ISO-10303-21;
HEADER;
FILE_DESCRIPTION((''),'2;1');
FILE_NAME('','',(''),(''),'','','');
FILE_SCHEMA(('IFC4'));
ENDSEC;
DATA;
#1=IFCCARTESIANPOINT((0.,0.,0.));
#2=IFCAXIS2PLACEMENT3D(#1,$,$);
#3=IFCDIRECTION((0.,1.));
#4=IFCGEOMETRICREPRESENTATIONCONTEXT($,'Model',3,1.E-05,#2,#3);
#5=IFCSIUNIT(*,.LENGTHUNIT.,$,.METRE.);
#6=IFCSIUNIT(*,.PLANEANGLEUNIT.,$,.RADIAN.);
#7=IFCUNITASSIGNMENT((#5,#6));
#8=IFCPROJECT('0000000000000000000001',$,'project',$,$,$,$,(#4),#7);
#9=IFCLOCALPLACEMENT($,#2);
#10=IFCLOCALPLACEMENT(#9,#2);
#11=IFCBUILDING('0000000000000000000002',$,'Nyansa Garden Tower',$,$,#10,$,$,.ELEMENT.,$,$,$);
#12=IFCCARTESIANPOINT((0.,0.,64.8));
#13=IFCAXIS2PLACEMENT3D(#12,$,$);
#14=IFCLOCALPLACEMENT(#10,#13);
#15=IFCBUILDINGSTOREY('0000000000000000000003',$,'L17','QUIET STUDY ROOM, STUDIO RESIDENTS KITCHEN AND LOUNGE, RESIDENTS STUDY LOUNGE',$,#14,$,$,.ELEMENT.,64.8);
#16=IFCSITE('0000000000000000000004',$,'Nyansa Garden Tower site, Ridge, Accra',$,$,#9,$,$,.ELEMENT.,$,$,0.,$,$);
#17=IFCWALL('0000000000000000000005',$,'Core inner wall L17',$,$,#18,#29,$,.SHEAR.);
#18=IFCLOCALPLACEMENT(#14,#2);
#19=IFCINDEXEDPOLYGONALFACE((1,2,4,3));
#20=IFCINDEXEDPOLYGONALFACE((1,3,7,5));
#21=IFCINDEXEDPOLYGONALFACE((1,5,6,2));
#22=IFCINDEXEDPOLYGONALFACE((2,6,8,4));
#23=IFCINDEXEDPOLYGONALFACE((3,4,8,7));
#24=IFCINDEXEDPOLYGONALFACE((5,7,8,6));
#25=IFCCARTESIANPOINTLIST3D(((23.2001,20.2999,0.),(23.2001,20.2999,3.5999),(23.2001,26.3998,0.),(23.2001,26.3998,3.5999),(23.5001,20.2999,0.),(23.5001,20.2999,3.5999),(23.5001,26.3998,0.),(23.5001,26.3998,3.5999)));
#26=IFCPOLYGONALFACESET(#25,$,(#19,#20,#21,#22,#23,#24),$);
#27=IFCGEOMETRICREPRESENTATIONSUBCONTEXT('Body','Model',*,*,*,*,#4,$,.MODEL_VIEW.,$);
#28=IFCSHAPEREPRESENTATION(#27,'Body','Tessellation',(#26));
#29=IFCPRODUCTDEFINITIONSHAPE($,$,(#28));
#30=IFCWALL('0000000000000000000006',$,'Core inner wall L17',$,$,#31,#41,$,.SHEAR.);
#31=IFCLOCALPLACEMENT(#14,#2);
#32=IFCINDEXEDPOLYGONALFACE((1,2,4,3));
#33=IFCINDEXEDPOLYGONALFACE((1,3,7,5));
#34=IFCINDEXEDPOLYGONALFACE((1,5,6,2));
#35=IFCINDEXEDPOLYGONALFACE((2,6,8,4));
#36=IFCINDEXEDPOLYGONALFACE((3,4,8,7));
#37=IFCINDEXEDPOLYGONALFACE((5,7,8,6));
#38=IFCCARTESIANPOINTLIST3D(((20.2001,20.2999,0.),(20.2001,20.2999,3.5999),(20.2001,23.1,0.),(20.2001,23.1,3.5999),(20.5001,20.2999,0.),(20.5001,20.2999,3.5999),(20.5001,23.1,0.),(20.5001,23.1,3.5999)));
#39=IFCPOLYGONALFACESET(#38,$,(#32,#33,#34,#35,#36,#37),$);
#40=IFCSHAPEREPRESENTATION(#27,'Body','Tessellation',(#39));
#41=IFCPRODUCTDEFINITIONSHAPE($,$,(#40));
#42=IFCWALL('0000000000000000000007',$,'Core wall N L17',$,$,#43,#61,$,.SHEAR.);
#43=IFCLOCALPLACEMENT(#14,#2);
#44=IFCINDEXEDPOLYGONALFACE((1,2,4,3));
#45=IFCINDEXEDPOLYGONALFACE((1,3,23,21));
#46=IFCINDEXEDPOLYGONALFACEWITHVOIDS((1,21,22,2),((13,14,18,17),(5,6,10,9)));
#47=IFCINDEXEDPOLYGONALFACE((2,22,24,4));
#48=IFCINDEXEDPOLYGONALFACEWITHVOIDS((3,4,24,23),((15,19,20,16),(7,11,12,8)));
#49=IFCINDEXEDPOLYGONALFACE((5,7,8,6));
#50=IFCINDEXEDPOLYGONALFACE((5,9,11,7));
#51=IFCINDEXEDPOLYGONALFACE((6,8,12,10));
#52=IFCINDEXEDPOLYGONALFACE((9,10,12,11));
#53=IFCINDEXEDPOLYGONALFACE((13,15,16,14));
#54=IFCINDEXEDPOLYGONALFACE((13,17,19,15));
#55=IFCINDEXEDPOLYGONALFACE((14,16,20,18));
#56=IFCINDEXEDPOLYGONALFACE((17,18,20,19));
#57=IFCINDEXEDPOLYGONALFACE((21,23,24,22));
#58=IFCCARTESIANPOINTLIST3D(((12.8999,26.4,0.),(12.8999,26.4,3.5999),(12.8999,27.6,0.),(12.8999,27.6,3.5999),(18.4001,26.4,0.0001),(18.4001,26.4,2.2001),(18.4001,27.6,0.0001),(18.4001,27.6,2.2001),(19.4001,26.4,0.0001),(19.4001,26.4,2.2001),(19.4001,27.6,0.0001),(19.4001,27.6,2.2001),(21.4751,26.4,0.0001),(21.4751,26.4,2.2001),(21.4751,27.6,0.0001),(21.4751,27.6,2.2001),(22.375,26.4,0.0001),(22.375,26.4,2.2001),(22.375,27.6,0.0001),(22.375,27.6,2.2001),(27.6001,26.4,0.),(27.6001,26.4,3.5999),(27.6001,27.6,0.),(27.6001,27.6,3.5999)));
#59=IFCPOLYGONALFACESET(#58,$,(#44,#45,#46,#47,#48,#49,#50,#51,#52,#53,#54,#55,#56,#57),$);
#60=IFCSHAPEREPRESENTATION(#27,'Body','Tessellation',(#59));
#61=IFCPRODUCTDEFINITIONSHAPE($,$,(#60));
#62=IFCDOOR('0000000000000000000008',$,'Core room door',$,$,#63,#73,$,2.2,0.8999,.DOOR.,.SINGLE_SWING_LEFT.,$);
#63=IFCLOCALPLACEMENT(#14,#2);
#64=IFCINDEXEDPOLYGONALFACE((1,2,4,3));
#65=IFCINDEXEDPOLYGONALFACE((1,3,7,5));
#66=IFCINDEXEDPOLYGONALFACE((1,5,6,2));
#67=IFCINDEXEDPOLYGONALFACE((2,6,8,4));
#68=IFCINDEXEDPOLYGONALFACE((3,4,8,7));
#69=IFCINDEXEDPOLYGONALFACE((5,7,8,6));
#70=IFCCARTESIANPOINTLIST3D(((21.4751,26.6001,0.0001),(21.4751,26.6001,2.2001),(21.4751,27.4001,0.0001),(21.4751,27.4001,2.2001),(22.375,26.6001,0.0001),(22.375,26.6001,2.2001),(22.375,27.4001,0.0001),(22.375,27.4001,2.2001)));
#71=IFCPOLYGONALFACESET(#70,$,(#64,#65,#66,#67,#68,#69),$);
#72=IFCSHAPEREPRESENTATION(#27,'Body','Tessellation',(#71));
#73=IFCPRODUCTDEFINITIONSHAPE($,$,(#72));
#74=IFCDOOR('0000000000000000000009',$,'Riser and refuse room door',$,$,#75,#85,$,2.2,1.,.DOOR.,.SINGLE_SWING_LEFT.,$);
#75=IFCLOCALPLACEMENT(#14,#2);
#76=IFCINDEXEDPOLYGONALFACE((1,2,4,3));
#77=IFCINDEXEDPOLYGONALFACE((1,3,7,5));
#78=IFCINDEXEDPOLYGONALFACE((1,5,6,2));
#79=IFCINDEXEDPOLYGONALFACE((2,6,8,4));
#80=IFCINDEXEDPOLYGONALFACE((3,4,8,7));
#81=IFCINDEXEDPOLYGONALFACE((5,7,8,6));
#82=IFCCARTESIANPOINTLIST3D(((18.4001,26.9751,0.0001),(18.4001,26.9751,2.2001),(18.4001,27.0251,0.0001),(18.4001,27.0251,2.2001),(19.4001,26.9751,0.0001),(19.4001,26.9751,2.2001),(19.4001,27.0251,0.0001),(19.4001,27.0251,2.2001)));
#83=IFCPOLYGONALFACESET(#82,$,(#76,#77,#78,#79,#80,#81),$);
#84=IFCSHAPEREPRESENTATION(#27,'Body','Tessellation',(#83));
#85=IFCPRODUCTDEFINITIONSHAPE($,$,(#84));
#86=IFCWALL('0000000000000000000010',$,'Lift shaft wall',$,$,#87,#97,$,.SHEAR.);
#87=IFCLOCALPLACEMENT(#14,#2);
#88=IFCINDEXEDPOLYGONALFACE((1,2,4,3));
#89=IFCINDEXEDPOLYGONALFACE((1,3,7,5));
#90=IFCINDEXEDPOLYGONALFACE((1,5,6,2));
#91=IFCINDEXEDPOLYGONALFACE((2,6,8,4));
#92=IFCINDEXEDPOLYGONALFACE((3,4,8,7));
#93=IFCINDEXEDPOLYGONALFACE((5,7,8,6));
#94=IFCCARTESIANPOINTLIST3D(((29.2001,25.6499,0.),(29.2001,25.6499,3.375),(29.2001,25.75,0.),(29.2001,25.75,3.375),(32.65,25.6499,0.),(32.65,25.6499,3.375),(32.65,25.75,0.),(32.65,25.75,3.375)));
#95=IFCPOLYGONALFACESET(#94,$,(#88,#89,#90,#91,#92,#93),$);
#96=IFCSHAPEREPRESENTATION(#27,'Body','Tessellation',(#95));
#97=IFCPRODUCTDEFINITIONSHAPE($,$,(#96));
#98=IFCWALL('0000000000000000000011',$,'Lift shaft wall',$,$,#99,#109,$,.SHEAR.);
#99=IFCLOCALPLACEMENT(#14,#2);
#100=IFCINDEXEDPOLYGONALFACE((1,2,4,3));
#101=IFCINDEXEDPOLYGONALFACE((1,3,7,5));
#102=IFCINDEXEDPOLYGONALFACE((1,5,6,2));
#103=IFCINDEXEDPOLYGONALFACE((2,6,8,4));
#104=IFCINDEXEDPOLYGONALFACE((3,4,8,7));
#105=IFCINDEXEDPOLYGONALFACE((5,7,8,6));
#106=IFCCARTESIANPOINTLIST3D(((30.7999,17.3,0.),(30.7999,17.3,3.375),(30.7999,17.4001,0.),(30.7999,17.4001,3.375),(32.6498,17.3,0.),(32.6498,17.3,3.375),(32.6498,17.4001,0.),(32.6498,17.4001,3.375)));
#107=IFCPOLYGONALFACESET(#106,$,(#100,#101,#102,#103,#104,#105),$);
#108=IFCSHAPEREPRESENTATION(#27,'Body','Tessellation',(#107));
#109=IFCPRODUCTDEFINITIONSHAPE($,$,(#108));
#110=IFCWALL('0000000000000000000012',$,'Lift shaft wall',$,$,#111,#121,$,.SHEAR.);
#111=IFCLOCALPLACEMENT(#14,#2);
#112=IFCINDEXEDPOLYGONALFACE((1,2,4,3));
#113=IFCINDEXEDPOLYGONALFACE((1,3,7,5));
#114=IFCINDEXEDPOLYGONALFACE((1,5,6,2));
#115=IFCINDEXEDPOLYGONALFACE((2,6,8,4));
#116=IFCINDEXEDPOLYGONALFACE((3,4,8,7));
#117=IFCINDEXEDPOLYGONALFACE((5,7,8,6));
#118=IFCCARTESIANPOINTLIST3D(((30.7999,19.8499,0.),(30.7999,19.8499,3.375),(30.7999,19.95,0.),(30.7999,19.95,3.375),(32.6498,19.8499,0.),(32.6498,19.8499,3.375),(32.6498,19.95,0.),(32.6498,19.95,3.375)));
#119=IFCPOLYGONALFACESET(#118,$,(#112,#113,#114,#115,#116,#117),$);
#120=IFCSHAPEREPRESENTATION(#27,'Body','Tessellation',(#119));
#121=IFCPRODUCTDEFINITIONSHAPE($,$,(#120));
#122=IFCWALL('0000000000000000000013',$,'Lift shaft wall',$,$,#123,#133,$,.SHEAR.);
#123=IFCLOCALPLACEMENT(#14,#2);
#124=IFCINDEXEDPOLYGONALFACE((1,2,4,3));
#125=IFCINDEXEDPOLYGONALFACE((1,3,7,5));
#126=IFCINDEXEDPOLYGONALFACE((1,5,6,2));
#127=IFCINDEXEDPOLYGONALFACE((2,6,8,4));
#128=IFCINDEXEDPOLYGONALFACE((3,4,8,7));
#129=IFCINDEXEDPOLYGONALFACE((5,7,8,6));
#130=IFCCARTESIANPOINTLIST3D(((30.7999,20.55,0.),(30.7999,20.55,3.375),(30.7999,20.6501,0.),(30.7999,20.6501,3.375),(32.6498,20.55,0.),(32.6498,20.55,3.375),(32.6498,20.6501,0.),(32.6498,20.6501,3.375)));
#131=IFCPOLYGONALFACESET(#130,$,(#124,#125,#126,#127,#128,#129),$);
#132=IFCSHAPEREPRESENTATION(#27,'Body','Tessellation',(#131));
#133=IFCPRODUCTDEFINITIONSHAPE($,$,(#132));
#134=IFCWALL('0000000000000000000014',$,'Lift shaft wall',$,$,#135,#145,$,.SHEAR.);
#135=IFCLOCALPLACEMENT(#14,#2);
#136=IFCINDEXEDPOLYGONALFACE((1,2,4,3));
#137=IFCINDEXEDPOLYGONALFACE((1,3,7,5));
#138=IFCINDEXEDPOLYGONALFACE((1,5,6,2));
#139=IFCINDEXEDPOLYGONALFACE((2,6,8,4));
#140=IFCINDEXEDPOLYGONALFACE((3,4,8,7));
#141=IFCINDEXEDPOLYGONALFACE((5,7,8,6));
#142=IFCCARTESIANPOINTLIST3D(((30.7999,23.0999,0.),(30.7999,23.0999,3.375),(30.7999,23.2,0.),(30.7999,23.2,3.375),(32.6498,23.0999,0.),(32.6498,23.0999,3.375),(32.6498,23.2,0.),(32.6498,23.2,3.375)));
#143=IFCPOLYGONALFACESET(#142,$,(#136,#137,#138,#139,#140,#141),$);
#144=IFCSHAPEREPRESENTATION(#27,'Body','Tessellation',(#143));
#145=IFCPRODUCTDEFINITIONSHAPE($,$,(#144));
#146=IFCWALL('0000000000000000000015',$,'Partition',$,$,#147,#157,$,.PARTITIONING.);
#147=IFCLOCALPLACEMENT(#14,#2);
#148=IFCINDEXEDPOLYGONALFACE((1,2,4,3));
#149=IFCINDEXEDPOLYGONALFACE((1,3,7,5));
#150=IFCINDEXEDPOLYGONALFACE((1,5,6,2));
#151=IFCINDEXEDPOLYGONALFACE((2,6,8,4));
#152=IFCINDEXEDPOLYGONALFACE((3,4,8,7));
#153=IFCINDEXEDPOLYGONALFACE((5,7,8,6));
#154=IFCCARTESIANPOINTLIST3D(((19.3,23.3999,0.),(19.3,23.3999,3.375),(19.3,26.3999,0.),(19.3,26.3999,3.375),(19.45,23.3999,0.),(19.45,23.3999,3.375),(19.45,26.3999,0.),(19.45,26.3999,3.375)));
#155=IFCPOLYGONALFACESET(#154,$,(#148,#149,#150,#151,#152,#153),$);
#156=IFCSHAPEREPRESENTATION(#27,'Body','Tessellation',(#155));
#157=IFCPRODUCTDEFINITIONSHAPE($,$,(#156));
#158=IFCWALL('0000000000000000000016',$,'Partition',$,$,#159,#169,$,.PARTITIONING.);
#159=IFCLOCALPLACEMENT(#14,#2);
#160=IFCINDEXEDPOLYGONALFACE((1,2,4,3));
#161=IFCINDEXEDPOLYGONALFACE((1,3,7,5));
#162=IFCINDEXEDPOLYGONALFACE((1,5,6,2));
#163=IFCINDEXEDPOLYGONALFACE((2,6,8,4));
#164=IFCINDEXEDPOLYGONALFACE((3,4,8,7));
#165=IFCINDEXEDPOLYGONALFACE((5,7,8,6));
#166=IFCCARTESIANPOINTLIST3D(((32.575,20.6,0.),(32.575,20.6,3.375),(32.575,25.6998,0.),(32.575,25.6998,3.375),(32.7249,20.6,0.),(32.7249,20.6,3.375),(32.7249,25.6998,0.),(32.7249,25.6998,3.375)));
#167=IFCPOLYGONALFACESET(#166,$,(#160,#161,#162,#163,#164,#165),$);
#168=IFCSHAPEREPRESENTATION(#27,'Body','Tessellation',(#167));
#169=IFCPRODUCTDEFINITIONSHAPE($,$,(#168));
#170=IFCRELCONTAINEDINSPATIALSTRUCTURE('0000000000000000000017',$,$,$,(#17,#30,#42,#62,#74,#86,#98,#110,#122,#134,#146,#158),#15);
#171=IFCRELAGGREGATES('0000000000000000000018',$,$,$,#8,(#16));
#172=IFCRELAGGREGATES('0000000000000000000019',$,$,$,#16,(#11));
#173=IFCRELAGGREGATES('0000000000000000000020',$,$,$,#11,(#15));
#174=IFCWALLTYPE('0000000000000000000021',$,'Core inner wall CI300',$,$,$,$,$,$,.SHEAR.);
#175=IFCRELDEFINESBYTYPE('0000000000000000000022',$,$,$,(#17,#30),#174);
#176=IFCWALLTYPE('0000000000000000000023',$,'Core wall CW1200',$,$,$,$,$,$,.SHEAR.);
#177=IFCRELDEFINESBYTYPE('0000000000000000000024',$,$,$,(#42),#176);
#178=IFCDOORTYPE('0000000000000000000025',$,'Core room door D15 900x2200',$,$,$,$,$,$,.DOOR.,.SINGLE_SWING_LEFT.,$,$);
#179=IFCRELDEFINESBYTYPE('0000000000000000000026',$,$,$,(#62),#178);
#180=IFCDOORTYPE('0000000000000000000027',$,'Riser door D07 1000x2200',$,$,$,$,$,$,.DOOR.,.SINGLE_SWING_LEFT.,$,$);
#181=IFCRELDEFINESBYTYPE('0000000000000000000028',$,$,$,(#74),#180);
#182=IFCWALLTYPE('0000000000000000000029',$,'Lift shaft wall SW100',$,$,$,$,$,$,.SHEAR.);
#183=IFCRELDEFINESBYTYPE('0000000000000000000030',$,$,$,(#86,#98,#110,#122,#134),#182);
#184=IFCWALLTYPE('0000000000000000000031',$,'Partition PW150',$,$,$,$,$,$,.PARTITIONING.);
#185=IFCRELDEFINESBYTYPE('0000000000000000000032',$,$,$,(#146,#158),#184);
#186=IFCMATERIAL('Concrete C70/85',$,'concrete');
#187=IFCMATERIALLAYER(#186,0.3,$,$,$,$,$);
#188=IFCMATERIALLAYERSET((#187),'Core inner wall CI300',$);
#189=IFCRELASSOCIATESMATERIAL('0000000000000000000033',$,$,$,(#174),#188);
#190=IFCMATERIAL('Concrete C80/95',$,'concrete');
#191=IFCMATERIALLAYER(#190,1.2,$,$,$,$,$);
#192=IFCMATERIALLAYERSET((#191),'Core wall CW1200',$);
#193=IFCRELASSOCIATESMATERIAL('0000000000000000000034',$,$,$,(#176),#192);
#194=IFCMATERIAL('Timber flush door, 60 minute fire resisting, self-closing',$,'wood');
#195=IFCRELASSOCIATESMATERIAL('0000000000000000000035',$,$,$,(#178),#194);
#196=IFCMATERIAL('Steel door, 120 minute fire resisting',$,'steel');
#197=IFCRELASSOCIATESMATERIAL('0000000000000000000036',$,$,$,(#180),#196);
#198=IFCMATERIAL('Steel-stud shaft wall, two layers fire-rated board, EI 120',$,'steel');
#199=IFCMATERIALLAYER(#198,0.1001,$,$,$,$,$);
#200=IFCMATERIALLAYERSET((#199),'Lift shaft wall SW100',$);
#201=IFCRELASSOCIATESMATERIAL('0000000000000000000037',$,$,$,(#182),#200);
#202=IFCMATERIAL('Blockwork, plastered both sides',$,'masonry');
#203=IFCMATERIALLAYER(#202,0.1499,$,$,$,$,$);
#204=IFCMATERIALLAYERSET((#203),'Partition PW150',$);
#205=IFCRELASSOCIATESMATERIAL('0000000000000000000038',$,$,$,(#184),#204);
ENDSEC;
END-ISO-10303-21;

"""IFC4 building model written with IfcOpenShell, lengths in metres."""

from ifc_helpers import new_model, si_unit, direction, frame, frame_2d, origin, place, context, subcontext, project, spatial, rectangle, extrude, material, layer, layer_set, type_object, element, fill, save


model = new_model("IFC4")

# Units and contexts
model_context = context("Model", 3, precision=1e-05, world=origin(), true_north=direction((0.0, 1.0)))
body_context = subcontext(model_context, "Body", "Model", "MODEL_VIEW")
ifc_project = project(units=[si_unit("LENGTHUNIT", "METRE"), si_unit("PLANEANGLEUNIT", "RADIAN")], contexts=[model_context])

# Site, building, storey
site_placement = place(None, origin())
site = spatial("IfcSite", under=ifc_project, at=site_placement, Name="Nyansa Garden Tower site, Ridge, Accra", CompositionType="ELEMENT", RefElevation=0.0)
building_placement = place(site_placement, origin())
building = spatial("IfcBuilding", under=site, at=building_placement, Name="Nyansa Garden Tower", CompositionType="ELEMENT")
storey_placement = place(building_placement, frame((0.0, 0.0, 64.8)))
storey = spatial("IfcBuildingStorey", under=building, at=storey_placement, Name="L17", Description="QUIET STUDY ROOM, STUDIO RESIDENTS KITCHEN AND LOUNGE, RESIDENTS STUDY LOUNGE", CompositionType="ELEMENT", Elevation=64.8)

# Walls
ifc_material_1 = material(Name="Concrete C70/85", Category="concrete")
ifc_layer_1 = layer(ifc_material_1, 0.3)
ifc_layer_set_1 = layer_set([ifc_layer_1], Name="Core inner wall CI300")
wall_type_1 = type_object("IfcWallType", Name="Core inner wall CI300", PredefinedType="SHEAR", material=ifc_layer_set_1)
wall_1_placement = place(storey_placement, frame((23.3501, 20.3, 0.0), z_axis=(0.0, 0.0, 1.0), x_axis=(0.0, 1.0, 0.0)))
element("IfcWall", 1, at=wall_1_placement, inside=storey, type_object=wall_type_1, Name="Core inner wall L17", PredefinedType="SHEAR", context=body_context, shape_type="SweptSolid", body=[
    extrude(rectangle(XDim=6.0999, YDim=0.3, at=frame_2d((3.0498, 0.0))), origin(), (0.0, 0.0, 1.0), 3.5999),
])
wall_2_placement = place(storey_placement, frame((20.3501, 20.3, 0.0), z_axis=(0.0, 0.0, 1.0), x_axis=(0.0, 1.0, 0.0)))
element("IfcWall", 2, at=wall_2_placement, inside=storey, type_object=wall_type_1, Name="Core inner wall L17", PredefinedType="SHEAR", context=body_context, shape_type="SweptSolid", body=[
    extrude(rectangle(XDim=2.8, YDim=0.3, at=frame_2d((1.3999, 0.0))), origin(), (0.0, 0.0, 1.0), 3.5999),
])

# Wall, openings, doors
ifc_material_2 = material(Name="Concrete C80/95", Category="concrete")
ifc_layer_2 = layer(ifc_material_2, 1.2)
ifc_layer_set_2 = layer_set([ifc_layer_2], Name="Core wall CW1200")
wall_type_2 = type_object("IfcWallType", Name="Core wall CW1200", PredefinedType="SHEAR", material=ifc_layer_set_2)
wall_3_placement = place(storey_placement, frame((27.6001, 27.0, 0.0), z_axis=(0.0, 0.0, 1.0), x_axis=(-1.0, 0.0, 0.0)))
wall_3 = element("IfcWall", 3, at=wall_3_placement, inside=storey, type_object=wall_type_2, Name="Core wall N L17", PredefinedType="SHEAR", context=body_context, shape_type="SweptSolid", body=[
    extrude(rectangle(XDim=14.7002, YDim=1.2, at=frame_2d((7.3501, 0.0))), origin(), (0.0, 0.0, 1.0), 3.5999),
])
opening_1_placement = place(wall_3_placement, frame((5.2251, 0.0, 0.0)))
opening_1 = element("IfcOpeningElement", 4, at=opening_1_placement, cuts=wall_3, PredefinedType="OPENING", context=body_context, shape_type="SweptSolid", body=[
    extrude(rectangle(XDim=0.8999, YDim=2.2, at=frame_2d((0.45, 1.1001))), frame((0.0, 0.6099, 0.0), z_axis=(0.0, -1.0, 0.0), x_axis=(1.0, 0.0, 0.0)), (0.0, 0.0, 1.0), 1.22),
])
opening_2_placement = place(wall_3_placement, frame((8.2, 0.0, 0.0)))
opening_2 = element("IfcOpeningElement", 5, at=opening_2_placement, cuts=wall_3, PredefinedType="OPENING", context=body_context, shape_type="SweptSolid", body=[
    extrude(rectangle(XDim=1.0, YDim=2.2, at=frame_2d((0.5, 1.1001))), frame((0.0, 0.6099, 0.0), z_axis=(0.0, -1.0, 0.0), x_axis=(1.0, 0.0, 0.0)), (0.0, 0.0, 1.0), 1.22),
])
ifc_material_3 = material(Name="Timber flush door, 60 minute fire resisting, self-closing", Category="wood")
door_type_1 = type_object("IfcDoorType", Name="Core room door D15 900x2200", OperationType="SINGLE_SWING_LEFT", PredefinedType="DOOR", material=ifc_material_3)
door_1_placement = place(opening_1_placement, origin())
door_1 = element("IfcDoor", 6, at=door_1_placement, inside=storey, type_object=door_type_1, Name="Core room door", OperationType="SINGLE_SWING_LEFT", OverallHeight=2.2, OverallWidth=0.8999, PredefinedType="DOOR", context=body_context, shape_type="SweptSolid", body=[
    extrude(rectangle(XDim=0.8999, YDim=2.2, at=frame_2d((0.45, 1.1001))), frame((0.0, 0.3999, 0.0), z_axis=(0.0, -1.0, 0.0), x_axis=(1.0, 0.0, 0.0)), (0.0, 0.0, 1.0), 0.8),
])
fill(opening_1, door_1)
ifc_material_4 = material(Name="Steel door, 120 minute fire resisting", Category="steel")
door_type_2 = type_object("IfcDoorType", Name="Riser door D07 1000x2200", OperationType="SINGLE_SWING_LEFT", PredefinedType="DOOR", material=ifc_material_4)
door_2_placement = place(opening_2_placement, origin())
door_2 = element("IfcDoor", 7, at=door_2_placement, inside=storey, type_object=door_type_2, Name="Riser and refuse room door", OperationType="SINGLE_SWING_LEFT", OverallHeight=2.2, OverallWidth=1.0, PredefinedType="DOOR", context=body_context, shape_type="SweptSolid", body=[
    extrude(rectangle(XDim=1.0, YDim=2.2, at=frame_2d((0.5, 1.1001))), frame((0.0, 0.0249, 0.0), z_axis=(0.0, -1.0, 0.0), x_axis=(1.0, 0.0, 0.0)), (0.0, 0.0, 1.0), 0.05),
])
fill(opening_2, door_2)

# Walls
ifc_material_5 = material(Name="Steel-stud shaft wall, two layers fire-rated board, EI 120", Category="steel")
ifc_layer_3 = layer(ifc_material_5, 0.1001)
ifc_layer_set_3 = layer_set([ifc_layer_3], Name="Lift shaft wall SW100")
wall_type_3 = type_object("IfcWallType", Name="Lift shaft wall SW100", PredefinedType="SHEAR", material=ifc_layer_set_3)
wall_4_placement = place(storey_placement, frame((29.2, 25.7, 0.0), z_axis=(0.0, 0.0, 1.0), x_axis=(1.0, 0.0, 0.0)))
element("IfcWall", 8, at=wall_4_placement, inside=storey, type_object=wall_type_3, Name="Lift shaft wall", PredefinedType="SHEAR", context=body_context, shape_type="SweptSolid", body=[
    extrude(rectangle(XDim=3.45, YDim=0.1001, at=frame_2d((1.7251, 0.0))), origin(), (0.0, 0.0, 1.0), 3.375),
])
for number, where, z_axis, x_axis, name in (
    (9, (30.8, 17.3501, 0.0), (0.0, 0.0, 1.0), (1.0, 0.0, 0.0), "Lift shaft wall"),
    (10, (30.8, 19.8999, 0.0), (0.0, 0.0, 1.0), (1.0, 0.0, 0.0), "Lift shaft wall"),
    (11, (30.8, 20.6001, 0.0), (0.0, 0.0, 1.0), (1.0, 0.0, 0.0), "Lift shaft wall"),
    (12, (30.8, 23.1499, 0.0), (0.0, 0.0, 1.0), (1.0, 0.0, 0.0), "Lift shaft wall"),
):
    element("IfcWall", number, at=place(storey_placement, frame(where, z_axis=z_axis, x_axis=x_axis)), inside=storey, type_object=wall_type_3, Name=name, PredefinedType="SHEAR", context=body_context, shape_type="SweptSolid", body=[
        extrude(rectangle(XDim=1.8499, YDim=0.1001, at=frame_2d((0.9248, 0.0))), origin(), (0.0, 0.0, 1.0), 3.375),
    ])
ifc_material_6 = material(Name="Blockwork, plastered both sides", Category="masonry")
ifc_layer_4 = layer(ifc_material_6, 0.1499)
ifc_layer_set_4 = layer_set([ifc_layer_4], Name="Partition PW150")
wall_type_4 = type_object("IfcWallType", Name="Partition PW150", PredefinedType="PARTITIONING", material=ifc_layer_set_4)
wall_5_placement = place(storey_placement, frame((19.375, 23.3999, 0.0), z_axis=(0.0, 0.0, 1.0), x_axis=(0.0, 1.0, 0.0)))
element("IfcWall", 13, at=wall_5_placement, inside=storey, type_object=wall_type_4, Name="Partition", PredefinedType="PARTITIONING", context=body_context, shape_type="SweptSolid", body=[
    extrude(rectangle(XDim=3.0, YDim=0.1499, at=frame_2d((1.5, 0.0))), origin(), (0.0, 0.0, 1.0), 3.375),
])
wall_6_placement = place(storey_placement, frame((32.6499, 20.6001, 0.0), z_axis=(0.0, 0.0, 1.0), x_axis=(0.0, 1.0, 0.0)))
element("IfcWall", 14, at=wall_6_placement, inside=storey, type_object=wall_type_4, Name="Partition", PredefinedType="PARTITIONING", context=body_context, shape_type="SweptSolid", body=[
    extrude(rectangle(XDim=5.0999, YDim=0.1499, at=frame_2d((2.5498, 0.0))), origin(), (0.0, 0.0, 1.0), 3.375),
])

save(model, "model.ifc")
